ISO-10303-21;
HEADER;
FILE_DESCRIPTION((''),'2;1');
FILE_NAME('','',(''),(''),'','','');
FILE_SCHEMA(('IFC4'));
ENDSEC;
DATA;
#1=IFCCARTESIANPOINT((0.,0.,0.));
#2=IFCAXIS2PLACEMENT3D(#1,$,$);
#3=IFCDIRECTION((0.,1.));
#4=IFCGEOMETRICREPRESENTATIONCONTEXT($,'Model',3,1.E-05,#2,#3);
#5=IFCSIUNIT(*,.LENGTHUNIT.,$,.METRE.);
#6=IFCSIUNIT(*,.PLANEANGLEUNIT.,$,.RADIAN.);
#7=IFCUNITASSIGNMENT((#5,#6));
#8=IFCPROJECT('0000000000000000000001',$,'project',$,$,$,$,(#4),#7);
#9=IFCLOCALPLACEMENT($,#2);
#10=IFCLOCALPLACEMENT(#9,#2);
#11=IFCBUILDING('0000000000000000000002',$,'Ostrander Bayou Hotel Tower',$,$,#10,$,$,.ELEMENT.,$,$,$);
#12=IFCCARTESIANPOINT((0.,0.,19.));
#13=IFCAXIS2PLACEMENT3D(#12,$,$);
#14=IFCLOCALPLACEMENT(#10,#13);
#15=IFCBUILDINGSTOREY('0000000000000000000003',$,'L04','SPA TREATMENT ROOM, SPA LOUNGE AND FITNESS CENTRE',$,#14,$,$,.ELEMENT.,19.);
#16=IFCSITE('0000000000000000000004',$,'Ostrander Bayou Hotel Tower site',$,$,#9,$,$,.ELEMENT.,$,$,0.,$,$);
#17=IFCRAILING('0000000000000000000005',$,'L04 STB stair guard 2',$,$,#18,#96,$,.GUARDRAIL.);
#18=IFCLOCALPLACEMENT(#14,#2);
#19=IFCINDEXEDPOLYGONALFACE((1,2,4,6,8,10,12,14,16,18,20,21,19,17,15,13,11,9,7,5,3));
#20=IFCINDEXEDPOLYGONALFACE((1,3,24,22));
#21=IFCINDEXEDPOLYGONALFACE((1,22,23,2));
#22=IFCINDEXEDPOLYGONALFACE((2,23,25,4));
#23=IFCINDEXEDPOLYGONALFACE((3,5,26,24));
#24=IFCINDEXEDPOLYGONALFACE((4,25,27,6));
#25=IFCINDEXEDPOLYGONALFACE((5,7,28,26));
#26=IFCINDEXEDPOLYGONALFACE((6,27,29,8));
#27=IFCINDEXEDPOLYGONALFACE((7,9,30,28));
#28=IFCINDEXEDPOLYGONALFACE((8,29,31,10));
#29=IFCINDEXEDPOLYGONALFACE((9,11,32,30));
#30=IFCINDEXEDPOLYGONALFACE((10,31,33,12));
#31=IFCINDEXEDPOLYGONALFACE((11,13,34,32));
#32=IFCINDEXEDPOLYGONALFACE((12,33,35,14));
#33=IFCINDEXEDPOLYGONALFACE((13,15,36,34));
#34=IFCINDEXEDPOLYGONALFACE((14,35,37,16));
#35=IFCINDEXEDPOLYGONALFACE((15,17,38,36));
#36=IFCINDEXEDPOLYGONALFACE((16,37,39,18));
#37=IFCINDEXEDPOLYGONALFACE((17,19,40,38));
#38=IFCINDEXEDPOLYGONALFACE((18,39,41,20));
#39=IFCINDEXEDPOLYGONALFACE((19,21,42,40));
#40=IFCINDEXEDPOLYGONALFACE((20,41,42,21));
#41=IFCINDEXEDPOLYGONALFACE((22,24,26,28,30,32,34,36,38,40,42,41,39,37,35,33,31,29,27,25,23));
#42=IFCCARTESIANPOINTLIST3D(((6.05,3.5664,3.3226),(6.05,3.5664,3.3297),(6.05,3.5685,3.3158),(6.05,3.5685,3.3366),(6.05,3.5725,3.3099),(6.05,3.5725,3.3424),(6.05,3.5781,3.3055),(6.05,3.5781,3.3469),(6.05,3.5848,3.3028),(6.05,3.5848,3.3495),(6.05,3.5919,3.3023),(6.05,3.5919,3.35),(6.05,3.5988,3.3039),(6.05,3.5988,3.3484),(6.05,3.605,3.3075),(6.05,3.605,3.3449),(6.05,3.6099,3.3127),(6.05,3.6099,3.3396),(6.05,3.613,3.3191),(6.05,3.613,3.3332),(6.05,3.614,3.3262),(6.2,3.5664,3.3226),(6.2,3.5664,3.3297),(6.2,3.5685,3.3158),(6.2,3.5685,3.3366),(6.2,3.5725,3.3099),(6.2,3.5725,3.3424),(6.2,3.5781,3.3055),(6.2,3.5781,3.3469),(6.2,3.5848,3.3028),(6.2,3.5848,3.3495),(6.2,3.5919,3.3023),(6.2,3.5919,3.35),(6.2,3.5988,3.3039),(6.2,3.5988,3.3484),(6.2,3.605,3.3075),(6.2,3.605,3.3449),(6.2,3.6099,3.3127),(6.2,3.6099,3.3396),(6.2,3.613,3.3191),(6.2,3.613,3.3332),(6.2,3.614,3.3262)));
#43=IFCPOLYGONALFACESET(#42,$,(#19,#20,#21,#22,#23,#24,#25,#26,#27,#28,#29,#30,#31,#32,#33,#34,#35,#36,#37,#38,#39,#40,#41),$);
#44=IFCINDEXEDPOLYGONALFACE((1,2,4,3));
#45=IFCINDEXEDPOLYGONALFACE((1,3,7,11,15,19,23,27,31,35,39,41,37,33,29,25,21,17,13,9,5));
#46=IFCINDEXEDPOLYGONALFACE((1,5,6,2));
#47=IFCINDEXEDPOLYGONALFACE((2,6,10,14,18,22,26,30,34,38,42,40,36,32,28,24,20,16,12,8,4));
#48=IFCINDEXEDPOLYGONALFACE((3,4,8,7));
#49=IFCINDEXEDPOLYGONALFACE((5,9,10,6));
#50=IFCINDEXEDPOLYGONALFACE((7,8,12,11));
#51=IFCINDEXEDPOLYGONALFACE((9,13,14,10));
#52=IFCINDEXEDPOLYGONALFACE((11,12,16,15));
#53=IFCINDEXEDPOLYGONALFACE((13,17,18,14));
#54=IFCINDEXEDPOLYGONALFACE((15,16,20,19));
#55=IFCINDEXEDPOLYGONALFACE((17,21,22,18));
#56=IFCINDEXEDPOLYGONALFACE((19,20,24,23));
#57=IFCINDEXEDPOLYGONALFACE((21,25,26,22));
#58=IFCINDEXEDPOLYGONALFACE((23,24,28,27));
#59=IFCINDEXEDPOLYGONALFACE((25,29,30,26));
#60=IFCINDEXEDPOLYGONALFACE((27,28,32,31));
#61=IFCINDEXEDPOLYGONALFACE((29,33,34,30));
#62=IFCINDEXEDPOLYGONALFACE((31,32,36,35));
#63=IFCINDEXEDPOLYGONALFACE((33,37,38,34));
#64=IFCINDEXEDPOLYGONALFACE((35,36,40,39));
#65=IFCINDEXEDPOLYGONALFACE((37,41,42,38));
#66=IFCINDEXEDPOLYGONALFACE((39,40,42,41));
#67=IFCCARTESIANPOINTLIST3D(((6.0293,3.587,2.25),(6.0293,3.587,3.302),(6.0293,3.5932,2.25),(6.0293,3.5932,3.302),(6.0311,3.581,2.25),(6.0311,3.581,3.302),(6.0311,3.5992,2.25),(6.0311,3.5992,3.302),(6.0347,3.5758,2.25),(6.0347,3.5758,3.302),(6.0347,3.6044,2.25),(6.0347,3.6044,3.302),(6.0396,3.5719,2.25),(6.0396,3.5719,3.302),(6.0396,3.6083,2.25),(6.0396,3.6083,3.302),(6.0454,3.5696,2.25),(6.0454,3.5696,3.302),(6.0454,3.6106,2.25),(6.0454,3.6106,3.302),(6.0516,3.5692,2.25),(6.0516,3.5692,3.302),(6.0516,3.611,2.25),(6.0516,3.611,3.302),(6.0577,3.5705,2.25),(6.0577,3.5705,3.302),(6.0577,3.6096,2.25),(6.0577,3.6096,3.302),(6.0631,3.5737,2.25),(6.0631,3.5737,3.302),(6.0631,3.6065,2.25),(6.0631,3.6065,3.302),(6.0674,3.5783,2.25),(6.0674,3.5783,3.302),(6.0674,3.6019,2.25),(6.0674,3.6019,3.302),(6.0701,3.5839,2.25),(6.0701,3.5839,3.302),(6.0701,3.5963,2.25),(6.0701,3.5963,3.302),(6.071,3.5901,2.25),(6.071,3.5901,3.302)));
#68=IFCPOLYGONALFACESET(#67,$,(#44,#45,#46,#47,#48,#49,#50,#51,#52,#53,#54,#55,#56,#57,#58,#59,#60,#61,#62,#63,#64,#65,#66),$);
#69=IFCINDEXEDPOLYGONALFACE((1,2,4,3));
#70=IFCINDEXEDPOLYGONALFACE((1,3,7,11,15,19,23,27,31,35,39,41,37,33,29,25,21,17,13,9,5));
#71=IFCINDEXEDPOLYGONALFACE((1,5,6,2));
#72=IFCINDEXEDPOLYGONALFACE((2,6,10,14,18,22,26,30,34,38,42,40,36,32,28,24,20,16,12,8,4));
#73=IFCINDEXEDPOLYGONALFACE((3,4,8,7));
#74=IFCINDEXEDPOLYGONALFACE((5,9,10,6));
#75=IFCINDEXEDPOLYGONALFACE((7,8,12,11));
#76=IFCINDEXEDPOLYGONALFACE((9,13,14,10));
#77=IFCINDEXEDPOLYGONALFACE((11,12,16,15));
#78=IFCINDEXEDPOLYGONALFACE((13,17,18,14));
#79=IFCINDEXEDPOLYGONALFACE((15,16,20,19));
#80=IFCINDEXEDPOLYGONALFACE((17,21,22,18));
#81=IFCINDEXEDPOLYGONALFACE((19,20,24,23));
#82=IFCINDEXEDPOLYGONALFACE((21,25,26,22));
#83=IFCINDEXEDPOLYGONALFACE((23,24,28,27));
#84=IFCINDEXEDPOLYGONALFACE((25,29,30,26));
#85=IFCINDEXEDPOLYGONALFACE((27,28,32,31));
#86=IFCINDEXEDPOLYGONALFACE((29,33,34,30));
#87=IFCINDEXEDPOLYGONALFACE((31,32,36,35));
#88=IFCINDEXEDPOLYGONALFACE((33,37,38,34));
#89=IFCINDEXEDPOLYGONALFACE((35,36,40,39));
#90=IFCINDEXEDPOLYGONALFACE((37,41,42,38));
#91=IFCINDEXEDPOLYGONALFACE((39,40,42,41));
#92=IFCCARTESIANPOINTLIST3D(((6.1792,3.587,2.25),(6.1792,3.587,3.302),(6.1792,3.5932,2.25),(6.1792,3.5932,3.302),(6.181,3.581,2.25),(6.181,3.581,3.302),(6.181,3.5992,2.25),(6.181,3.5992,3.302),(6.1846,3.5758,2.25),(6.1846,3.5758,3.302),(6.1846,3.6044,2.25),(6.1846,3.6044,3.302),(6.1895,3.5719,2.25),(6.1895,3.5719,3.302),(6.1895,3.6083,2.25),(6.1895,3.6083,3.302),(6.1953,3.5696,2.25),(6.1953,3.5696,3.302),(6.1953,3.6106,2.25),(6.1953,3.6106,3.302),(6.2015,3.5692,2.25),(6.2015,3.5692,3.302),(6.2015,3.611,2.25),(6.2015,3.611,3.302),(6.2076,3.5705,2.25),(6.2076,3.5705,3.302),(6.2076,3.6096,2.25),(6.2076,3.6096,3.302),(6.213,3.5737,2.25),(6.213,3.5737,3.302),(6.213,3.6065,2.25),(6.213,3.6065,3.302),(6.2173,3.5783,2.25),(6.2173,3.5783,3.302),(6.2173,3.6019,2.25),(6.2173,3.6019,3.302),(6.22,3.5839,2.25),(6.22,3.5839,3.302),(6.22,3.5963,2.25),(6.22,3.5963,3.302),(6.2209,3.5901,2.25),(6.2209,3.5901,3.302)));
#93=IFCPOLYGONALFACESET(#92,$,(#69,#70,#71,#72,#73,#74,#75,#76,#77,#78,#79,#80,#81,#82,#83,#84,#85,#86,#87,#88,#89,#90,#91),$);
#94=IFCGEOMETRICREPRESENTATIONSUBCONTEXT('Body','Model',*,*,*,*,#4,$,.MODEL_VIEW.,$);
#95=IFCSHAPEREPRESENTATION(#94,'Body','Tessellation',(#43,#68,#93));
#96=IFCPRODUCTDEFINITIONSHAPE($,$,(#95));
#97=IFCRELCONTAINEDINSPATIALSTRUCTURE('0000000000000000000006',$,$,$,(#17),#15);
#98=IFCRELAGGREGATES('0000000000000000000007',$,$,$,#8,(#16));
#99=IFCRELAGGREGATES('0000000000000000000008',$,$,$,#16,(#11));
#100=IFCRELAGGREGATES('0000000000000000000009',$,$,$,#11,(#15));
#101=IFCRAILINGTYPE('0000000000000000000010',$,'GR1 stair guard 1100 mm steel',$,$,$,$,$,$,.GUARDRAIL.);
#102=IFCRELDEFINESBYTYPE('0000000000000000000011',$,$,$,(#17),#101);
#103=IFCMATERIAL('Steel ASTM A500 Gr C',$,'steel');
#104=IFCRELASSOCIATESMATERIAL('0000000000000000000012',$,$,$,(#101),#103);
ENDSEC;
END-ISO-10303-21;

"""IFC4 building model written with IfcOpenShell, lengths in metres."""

from ifc_helpers import new_model, si_unit, direction, frame, origin, origin_2d, place, context, subcontext, project, spatial, circle, extrude, material, type_object, element, save


model = new_model("IFC4")

# Units and contexts
model_context = context("Model", 3, precision=1e-05, world=origin(), true_north=direction((0.0, 1.0)))
body_context = subcontext(model_context, "Body", "Model", "MODEL_VIEW")
ifc_project = project(units=[si_unit("LENGTHUNIT", "METRE"), si_unit("PLANEANGLEUNIT", "RADIAN")], contexts=[model_context])

# Site, building, storey
site_placement = place(None, origin())
site = spatial("IfcSite", under=ifc_project, at=site_placement, Name="Ostrander Bayou Hotel Tower site", CompositionType="ELEMENT", RefElevation=0.0)
building_placement = place(site_placement, origin())
building = spatial("IfcBuilding", under=site, at=building_placement, Name="Ostrander Bayou Hotel Tower", CompositionType="ELEMENT")
storey_placement = place(building_placement, frame((0.0, 0.0, 19.0)))
storey = spatial("IfcBuildingStorey", under=building, at=storey_placement, Name="L04", Description="SPA TREATMENT ROOM, SPA LOUNGE AND FITNESS CENTRE", CompositionType="ELEMENT", Elevation=19.0)

# Railing
ifc_material_1 = material(Name="Steel ASTM A500 Gr C", Category="steel")
railing_type_1 = type_object("IfcRailingType", Name="GR1 stair guard 1100 mm steel", PredefinedType="GUARDRAIL", material=ifc_material_1)
railing_1_placement = place(storey_placement, frame((6.05, 3.5901, 2.25)))
element("IfcRailing", 1, at=railing_1_placement, inside=storey, type_object=railing_type_1, Name="L04 STB stair guard 2", PredefinedType="GUARDRAIL", context=body_context, shape_type="SweptSolid", body=[
    extrude(circle(Radius=0.0239, at=origin_2d()), frame((0.0, 0.0, 1.0762), z_axis=(1.0, 0.0, 0.0), x_axis=(0.0, 1.0, 0.0)), (0.0, 0.0, 1.0), 0.1499),
    extrude(circle(Radius=0.021, at=origin_2d()), origin(), (0.0, 0.0, 1.0), 1.052),
    extrude(circle(Radius=0.021, at=origin_2d()), frame((0.1499, 0.0, 0.0)), (0.0, 0.0, 1.0), 1.052),
])

save(model, "model.ifc")
